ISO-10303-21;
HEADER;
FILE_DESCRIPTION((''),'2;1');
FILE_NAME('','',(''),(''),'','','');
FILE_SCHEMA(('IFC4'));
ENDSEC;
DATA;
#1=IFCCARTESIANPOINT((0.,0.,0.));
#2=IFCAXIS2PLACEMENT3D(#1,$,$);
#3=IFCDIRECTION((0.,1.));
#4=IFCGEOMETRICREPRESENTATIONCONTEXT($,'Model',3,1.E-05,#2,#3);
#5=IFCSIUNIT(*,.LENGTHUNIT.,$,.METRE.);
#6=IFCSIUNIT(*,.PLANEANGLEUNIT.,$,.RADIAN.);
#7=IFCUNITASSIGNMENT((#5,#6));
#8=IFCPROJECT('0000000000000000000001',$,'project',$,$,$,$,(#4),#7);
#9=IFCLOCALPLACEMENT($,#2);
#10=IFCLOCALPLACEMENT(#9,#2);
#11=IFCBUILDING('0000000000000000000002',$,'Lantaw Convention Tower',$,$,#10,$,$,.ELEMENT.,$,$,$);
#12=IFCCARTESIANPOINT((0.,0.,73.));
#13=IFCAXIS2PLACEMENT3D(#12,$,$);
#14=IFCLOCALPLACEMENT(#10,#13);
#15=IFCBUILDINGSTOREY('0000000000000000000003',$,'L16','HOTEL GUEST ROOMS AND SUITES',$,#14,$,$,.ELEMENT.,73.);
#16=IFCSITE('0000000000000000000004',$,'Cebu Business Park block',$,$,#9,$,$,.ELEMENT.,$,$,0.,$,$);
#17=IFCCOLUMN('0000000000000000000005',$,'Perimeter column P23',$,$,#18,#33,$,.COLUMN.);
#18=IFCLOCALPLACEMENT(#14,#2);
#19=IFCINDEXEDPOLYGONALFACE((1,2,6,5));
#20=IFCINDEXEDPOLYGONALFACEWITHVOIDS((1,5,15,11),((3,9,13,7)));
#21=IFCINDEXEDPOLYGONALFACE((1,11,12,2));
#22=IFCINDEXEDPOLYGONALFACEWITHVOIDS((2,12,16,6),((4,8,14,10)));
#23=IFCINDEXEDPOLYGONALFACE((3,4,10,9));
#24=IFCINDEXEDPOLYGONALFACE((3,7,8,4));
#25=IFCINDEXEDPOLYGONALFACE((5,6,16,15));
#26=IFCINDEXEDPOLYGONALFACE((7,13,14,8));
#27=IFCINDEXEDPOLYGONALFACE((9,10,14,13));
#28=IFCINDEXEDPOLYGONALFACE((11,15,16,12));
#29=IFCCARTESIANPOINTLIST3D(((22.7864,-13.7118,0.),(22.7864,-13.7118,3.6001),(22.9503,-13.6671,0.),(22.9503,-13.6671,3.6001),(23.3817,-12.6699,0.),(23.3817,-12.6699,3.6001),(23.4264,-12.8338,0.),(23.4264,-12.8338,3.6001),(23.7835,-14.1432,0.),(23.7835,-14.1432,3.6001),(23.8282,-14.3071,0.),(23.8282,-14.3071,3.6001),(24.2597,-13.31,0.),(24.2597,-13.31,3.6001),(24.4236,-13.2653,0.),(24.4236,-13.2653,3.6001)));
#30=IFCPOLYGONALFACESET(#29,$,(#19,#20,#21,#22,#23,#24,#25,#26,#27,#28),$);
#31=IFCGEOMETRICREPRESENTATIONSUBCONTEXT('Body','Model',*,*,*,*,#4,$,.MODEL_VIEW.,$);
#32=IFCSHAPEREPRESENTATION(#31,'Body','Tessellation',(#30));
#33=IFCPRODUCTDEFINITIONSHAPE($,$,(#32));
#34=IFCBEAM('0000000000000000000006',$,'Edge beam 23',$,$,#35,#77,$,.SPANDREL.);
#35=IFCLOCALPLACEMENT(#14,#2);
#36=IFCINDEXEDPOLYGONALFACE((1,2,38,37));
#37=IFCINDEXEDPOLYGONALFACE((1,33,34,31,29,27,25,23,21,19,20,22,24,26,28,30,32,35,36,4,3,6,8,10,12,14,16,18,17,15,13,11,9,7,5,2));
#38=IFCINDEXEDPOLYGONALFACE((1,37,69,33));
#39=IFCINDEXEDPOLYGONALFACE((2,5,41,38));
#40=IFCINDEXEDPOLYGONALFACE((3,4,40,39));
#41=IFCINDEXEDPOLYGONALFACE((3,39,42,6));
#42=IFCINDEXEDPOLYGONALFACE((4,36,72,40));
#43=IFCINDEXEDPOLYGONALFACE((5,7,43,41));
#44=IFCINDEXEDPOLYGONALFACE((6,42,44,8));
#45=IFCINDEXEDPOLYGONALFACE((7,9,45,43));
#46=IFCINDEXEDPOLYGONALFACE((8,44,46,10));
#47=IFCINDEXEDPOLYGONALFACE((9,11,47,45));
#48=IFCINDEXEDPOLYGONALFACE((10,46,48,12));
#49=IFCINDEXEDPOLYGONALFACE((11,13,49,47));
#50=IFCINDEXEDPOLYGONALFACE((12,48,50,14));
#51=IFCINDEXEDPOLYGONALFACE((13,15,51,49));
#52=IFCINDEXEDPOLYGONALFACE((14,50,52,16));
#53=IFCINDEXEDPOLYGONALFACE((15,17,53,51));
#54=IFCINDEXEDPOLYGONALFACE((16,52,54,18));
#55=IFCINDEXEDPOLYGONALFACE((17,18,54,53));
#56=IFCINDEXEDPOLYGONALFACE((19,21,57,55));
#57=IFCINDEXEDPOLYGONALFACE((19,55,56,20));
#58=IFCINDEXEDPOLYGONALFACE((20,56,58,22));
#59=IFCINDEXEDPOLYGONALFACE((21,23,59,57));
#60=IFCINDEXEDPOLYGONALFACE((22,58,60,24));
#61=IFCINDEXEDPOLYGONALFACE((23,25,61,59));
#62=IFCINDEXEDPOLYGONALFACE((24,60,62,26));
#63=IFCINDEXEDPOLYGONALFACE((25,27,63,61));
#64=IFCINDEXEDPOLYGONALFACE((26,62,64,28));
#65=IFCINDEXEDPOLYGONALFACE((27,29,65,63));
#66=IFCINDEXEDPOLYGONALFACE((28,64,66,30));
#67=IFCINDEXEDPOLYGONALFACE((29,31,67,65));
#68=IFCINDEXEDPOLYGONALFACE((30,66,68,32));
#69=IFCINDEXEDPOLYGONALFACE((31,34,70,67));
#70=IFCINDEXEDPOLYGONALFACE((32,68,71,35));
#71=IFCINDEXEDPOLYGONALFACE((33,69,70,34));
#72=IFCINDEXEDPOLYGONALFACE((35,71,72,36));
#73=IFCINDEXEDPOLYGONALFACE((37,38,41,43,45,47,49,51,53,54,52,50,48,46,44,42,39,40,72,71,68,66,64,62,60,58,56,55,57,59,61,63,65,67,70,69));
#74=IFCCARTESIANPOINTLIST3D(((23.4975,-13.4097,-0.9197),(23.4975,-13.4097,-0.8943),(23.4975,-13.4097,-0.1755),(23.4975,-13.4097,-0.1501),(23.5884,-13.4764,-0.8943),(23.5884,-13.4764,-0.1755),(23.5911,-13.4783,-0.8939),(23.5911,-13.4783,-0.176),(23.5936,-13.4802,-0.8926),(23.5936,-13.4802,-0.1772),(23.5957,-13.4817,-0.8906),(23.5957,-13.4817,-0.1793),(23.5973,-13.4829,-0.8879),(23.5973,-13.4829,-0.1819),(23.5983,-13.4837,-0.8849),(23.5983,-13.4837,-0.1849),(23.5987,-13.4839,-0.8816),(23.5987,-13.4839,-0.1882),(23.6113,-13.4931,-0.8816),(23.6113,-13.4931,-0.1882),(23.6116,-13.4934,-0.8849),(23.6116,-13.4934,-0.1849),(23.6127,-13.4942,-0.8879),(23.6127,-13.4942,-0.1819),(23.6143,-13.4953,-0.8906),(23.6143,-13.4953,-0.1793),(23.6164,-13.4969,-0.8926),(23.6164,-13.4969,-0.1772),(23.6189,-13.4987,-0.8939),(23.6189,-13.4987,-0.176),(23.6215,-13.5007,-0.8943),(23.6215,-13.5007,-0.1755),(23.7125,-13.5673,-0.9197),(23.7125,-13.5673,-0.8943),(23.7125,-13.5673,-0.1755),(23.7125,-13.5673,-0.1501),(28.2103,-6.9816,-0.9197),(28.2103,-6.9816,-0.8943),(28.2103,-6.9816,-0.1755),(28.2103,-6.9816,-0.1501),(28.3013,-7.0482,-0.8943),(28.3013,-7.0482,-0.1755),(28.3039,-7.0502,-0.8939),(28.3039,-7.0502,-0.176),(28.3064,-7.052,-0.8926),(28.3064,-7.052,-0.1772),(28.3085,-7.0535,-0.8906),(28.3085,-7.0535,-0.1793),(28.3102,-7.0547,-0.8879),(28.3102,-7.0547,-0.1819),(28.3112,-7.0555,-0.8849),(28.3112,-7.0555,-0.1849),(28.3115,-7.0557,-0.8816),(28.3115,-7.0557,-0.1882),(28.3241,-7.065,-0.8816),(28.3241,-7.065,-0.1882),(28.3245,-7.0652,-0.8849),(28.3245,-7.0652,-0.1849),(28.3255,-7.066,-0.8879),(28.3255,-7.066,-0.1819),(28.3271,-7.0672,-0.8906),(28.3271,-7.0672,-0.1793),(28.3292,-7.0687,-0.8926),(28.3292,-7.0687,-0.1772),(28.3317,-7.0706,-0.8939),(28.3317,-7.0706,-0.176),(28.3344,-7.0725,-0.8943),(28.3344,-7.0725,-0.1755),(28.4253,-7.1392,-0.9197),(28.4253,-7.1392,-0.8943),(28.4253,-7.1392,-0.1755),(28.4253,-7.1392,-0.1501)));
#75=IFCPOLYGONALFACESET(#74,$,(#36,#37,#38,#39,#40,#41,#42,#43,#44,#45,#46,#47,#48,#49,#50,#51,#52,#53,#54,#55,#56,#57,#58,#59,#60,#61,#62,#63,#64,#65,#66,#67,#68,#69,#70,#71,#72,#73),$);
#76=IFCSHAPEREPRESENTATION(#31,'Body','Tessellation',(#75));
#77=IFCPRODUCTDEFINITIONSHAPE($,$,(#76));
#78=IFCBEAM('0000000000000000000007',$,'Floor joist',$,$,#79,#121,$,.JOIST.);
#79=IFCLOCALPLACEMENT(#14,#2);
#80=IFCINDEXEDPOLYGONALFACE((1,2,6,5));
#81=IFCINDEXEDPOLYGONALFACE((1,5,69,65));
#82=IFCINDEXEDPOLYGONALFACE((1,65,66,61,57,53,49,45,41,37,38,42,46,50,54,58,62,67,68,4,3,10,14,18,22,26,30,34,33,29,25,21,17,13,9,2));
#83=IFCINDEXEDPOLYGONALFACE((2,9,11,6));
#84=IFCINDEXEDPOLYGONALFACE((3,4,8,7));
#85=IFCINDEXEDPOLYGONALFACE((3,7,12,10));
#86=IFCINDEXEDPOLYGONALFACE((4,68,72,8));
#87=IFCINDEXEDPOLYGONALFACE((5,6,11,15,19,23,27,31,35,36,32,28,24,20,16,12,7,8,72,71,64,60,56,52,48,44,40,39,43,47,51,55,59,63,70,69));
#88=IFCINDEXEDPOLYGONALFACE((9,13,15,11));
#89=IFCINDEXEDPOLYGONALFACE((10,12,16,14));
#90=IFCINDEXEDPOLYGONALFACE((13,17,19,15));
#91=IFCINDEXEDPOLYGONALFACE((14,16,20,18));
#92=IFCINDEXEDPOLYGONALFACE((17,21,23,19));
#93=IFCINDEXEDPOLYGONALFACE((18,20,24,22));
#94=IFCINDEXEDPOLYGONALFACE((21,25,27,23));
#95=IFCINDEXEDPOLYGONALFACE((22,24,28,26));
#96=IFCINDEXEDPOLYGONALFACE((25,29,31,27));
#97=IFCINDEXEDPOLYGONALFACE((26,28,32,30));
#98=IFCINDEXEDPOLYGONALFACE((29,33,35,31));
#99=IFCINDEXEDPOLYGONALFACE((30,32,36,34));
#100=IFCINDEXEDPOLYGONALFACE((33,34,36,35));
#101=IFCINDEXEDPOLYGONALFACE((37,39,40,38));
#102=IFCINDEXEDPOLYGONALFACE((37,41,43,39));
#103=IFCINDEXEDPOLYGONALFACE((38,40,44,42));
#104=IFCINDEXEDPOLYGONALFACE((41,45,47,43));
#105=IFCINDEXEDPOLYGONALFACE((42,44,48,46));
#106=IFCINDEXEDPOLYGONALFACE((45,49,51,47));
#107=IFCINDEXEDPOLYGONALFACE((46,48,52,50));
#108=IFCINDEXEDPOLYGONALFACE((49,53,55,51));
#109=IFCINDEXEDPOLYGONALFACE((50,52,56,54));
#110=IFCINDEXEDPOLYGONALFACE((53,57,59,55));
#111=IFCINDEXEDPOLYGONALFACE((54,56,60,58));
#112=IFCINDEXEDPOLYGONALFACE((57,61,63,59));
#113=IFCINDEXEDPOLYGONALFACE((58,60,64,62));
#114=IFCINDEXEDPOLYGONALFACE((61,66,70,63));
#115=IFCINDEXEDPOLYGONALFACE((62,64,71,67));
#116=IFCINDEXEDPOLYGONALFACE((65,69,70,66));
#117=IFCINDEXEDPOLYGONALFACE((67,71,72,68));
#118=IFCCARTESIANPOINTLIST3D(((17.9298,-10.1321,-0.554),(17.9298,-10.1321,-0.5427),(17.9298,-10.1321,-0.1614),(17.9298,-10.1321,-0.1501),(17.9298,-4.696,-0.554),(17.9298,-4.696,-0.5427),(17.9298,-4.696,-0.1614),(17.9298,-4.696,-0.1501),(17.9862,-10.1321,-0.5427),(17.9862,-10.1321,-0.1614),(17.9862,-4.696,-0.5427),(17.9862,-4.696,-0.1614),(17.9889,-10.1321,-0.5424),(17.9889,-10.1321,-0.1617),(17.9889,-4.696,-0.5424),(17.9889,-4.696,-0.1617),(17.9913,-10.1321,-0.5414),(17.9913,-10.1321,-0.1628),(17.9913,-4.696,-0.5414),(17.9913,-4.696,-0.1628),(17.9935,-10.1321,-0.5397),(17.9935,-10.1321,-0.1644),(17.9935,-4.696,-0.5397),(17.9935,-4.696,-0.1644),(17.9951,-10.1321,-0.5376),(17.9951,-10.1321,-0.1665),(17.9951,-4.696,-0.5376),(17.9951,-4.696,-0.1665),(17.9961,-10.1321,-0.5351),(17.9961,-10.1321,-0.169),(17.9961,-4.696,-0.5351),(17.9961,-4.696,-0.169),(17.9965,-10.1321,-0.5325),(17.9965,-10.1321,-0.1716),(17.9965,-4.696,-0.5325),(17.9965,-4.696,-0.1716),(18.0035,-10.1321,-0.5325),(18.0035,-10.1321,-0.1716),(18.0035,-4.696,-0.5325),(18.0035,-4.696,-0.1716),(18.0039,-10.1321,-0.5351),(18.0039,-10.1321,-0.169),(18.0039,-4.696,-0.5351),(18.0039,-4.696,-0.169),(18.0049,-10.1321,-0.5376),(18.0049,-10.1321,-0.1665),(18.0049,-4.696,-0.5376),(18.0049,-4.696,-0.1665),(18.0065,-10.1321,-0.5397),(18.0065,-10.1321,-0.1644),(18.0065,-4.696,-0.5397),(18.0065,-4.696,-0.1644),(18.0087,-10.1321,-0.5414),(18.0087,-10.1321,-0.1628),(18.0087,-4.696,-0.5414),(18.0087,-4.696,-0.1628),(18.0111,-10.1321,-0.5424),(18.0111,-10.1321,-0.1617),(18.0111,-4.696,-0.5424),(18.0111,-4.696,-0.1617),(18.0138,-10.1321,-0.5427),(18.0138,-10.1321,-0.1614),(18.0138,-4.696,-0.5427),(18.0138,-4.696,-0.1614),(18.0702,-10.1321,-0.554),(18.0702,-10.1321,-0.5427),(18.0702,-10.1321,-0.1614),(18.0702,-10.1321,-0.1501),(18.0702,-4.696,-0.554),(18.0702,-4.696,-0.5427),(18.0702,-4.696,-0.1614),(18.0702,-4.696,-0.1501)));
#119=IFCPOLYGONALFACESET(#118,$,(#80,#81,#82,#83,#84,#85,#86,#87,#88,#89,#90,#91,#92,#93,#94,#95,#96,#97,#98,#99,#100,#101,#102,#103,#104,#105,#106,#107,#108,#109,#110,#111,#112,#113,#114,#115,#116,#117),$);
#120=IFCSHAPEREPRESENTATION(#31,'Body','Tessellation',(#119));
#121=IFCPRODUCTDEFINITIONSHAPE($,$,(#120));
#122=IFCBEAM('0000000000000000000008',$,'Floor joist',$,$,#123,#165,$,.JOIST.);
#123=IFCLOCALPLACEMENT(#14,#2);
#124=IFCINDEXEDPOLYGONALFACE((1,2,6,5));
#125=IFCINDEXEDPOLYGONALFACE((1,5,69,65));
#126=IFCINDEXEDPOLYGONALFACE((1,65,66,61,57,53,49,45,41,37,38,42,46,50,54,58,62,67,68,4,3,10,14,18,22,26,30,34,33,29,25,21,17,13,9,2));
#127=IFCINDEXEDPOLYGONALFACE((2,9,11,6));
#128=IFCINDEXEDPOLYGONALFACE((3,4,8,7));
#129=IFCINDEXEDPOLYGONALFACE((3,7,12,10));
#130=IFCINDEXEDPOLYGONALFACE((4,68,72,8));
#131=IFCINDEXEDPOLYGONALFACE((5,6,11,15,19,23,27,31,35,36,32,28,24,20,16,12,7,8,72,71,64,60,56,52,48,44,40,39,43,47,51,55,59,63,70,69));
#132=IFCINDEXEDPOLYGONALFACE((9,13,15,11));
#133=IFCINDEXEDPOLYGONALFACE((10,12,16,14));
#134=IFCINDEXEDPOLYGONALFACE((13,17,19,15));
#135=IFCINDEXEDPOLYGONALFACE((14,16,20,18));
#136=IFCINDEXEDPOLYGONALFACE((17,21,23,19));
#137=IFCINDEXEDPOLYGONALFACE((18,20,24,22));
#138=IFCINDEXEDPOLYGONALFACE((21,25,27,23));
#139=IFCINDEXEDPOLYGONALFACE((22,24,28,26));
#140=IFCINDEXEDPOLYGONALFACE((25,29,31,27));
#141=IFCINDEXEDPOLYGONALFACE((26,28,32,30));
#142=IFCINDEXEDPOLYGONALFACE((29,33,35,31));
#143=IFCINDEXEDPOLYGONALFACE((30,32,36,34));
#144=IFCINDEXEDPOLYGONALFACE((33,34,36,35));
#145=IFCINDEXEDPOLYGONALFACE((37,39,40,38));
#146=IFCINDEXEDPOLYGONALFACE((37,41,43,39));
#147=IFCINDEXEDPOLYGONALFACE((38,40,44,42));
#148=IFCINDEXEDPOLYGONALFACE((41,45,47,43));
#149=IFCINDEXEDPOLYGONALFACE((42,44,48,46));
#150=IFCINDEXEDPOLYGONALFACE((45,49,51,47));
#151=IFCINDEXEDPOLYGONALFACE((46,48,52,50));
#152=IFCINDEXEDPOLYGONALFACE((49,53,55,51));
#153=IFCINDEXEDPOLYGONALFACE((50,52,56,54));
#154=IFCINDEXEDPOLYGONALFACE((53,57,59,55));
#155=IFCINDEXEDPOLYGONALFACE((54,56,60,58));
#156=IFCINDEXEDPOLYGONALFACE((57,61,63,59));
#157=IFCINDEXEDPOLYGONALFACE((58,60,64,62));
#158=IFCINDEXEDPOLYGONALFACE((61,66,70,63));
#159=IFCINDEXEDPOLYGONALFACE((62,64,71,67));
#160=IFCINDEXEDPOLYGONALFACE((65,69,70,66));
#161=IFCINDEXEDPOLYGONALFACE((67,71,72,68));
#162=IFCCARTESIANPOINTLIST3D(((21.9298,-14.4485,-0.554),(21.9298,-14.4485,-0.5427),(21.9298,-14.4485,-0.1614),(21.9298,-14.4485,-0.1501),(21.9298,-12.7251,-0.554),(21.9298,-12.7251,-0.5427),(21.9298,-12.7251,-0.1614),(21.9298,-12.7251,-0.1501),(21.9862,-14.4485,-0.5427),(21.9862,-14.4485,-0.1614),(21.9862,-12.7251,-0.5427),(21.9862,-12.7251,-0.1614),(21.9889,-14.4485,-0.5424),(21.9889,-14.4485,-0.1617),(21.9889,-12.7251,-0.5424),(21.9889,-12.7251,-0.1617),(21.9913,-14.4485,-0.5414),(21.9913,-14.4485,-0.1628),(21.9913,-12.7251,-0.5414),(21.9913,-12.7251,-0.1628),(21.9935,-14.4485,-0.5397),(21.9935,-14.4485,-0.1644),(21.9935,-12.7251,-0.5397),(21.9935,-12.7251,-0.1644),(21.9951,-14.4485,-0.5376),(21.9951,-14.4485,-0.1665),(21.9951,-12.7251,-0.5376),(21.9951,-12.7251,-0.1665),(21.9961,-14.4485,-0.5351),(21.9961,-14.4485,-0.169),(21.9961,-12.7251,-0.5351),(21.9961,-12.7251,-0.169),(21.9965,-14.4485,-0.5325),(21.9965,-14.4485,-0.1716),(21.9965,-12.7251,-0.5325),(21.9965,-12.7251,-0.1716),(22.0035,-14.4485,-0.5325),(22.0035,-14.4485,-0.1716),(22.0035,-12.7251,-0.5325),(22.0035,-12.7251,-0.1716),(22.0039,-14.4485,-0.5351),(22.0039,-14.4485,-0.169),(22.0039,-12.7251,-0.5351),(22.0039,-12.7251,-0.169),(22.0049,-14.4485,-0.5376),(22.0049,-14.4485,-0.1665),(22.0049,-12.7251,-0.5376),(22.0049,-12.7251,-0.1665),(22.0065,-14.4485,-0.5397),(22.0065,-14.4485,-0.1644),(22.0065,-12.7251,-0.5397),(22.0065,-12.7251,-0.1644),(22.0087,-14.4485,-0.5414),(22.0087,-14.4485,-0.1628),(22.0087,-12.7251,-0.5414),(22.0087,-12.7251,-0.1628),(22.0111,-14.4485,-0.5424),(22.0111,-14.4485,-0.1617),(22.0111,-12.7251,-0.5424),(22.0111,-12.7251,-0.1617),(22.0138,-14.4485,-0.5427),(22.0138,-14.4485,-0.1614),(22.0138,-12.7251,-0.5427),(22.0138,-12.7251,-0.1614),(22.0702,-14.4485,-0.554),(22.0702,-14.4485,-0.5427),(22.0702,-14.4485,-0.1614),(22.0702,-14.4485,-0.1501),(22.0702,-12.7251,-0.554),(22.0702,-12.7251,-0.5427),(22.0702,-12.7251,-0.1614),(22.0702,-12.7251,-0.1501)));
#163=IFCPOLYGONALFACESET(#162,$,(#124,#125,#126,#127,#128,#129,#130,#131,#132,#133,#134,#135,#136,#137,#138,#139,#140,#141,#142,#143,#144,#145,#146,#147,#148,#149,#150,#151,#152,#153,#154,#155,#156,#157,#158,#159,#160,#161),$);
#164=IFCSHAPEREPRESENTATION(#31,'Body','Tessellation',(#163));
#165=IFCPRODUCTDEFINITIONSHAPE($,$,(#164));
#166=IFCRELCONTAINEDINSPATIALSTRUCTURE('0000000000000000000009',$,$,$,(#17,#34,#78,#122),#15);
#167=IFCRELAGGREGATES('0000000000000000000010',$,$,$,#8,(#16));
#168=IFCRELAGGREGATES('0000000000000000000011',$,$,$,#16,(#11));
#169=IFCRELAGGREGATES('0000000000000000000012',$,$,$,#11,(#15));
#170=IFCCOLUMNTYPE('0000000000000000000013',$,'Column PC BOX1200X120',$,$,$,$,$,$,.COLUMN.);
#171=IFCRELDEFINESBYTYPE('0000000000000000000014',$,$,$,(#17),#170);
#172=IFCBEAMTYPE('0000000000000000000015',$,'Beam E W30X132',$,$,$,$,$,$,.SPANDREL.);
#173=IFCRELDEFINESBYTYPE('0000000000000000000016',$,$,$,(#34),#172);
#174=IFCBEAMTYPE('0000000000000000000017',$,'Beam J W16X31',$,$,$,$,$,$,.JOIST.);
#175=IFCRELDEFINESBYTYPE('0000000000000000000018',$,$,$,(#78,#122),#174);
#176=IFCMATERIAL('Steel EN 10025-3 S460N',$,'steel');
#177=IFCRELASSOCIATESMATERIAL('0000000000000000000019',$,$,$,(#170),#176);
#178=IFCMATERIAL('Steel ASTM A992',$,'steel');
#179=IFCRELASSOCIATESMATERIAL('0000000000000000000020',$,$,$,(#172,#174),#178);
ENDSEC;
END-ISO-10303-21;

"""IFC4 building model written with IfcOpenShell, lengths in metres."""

from ifc_helpers import new_model, si_unit, direction, frame, origin, origin_2d, place, context, subcontext, project, spatial, rectangle, hollow_rectangle, i_section, extrude, material, material_profile, profile_set, type_object, element, save


model = new_model("IFC4")

# Units and contexts
model_context = context("Model", 3, precision=1e-05, world=origin(), true_north=direction((0.0, 1.0)))
body_context = subcontext(model_context, "Body", "Model", "MODEL_VIEW")
ifc_project = project(units=[si_unit("LENGTHUNIT", "METRE"), si_unit("PLANEANGLEUNIT", "RADIAN")], contexts=[model_context])

# Site, building, storey
site_placement = place(None, origin())
site = spatial("IfcSite", under=ifc_project, at=site_placement, Name="Cebu Business Park block", CompositionType="ELEMENT", RefElevation=0.0)
building_placement = place(site_placement, origin())
building = spatial("IfcBuilding", under=site, at=building_placement, Name="Lantaw Convention Tower", CompositionType="ELEMENT")
storey_placement = place(building_placement, frame((0.0, 0.0, 73.0)))
storey = spatial("IfcBuildingStorey", under=building, at=storey_placement, Name="L16", Description="HOTEL GUEST ROOMS AND SUITES", CompositionType="ELEMENT", Elevation=73.0)

# Column
ifc_material_1 = material(Name="Steel EN 10025-3 S460N", Category="steel")
ifc_material_profile_1 = material_profile(ifc_material_1, hollow_rectangle(XDim=1.2, YDim=1.2, WallThickness=0.1201, at=origin_2d()), Name="BOX1200X120")
ifc_material_2 = material(Name="Concrete C60/75", Category="concrete")
ifc_material_profile_2 = material_profile(ifc_material_2, rectangle(XDim=0.96, YDim=0.96, at=origin_2d()), Name="Concrete fill of BOX1200X120")
ifc_profile_set_1 = profile_set([ifc_material_profile_1, ifc_material_profile_2], Name="Steel EN 10025-3 S460N")
column_type = type_object("IfcColumnType", Name="Column PC BOX1200X120", PredefinedType="COLUMN", material=ifc_profile_set_1)
column_placement = place(storey_placement, frame((23.605, -13.4885, 0.0), z_axis=(0.0, 0.0, 1.0), x_axis=(0.496139, 0.868243, 0.0)))
element("IfcColumn", 1, at=column_placement, inside=storey, type_object=column_type, Name="Perimeter column P23", PredefinedType="COLUMN", context=body_context, shape_type="SweptSolid", body=[
    extrude(hollow_rectangle(XDim=1.2, YDim=1.2, WallThickness=0.1201, at=origin_2d()), origin(), (0.0, 0.0, 1.0), 3.6001),
])

# Beams
ifc_material_3 = material(Name="Steel ASTM A992", Category="steel")
ifc_material_profile_3 = material_profile(ifc_material_3, i_section(OverallWidth=0.2666, OverallDepth=0.7695, WebThickness=0.0156, FlangeThickness=0.0254, FilletRadius=0.0127, at=origin_2d()), Name="W30X132")
ifc_profile_set_2 = profile_set([ifc_material_profile_3], Name="Steel ASTM A992")
beam_type_1 = type_object("IfcBeamType", Name="Beam E W30X132", PredefinedType="SPANDREL", material=ifc_profile_set_2)
beam_1_placement = place(storey_placement, frame((23.605, -13.4885, -0.5349), z_axis=(0.591271, 0.806473, 0.0), x_axis=(-0.806473, 0.591271, 0.0)))
element("IfcBeam", 2, at=beam_1_placement, inside=storey, type_object=beam_type_1, Name="Edge beam 23", PredefinedType="SPANDREL", context=body_context, shape_type="SweptSolid", body=[
    extrude(i_section(OverallWidth=0.2666, OverallDepth=0.7695, WebThickness=0.0156, FlangeThickness=0.0254, FilletRadius=0.0127, at=origin_2d()), origin(), (0.0, 0.0, 1.0), 7.9707),
])
ifc_material_profile_4 = material_profile(ifc_material_3, i_section(OverallWidth=0.1404, OverallDepth=0.4038, WebThickness=0.0071, FlangeThickness=0.0112, FilletRadius=0.0103, at=origin_2d()), Name="W16X31")
ifc_profile_set_3 = profile_set([ifc_material_profile_4], Name="Steel ASTM A992")
beam_type_2 = type_object("IfcBeamType", Name="Beam J W16X31", PredefinedType="JOIST", material=ifc_profile_set_3)
beam_2_placement = place(storey_placement, frame((18.0, -10.1321, -0.3521), z_axis=(0.0, 1.0, 0.0), x_axis=(-1.0, 0.0, 0.0)))
element("IfcBeam", 3, at=beam_2_placement, inside=storey, type_object=beam_type_2, Name="Floor joist", PredefinedType="JOIST", context=body_context, shape_type="SweptSolid", body=[
    extrude(i_section(OverallWidth=0.1404, OverallDepth=0.4038, WebThickness=0.0071, FlangeThickness=0.0112, FilletRadius=0.0103, at=origin_2d()), origin(), (0.0, 0.0, 1.0), 5.436),
])
beam_3_placement = place(storey_placement, frame((22.0, -14.4485, -0.3521), z_axis=(0.0, 1.0, 0.0), x_axis=(-1.0, 0.0, 0.0)))
element("IfcBeam", 4, at=beam_3_placement, inside=storey, type_object=beam_type_2, Name="Floor joist", PredefinedType="JOIST", context=body_context, shape_type="SweptSolid", body=[
    extrude(i_section(OverallWidth=0.1404, OverallDepth=0.4038, WebThickness=0.0071, FlangeThickness=0.0112, FilletRadius=0.0103, at=origin_2d()), origin(), (0.0, 0.0, 1.0), 1.7234),
])

save(model, "model.ifc")
